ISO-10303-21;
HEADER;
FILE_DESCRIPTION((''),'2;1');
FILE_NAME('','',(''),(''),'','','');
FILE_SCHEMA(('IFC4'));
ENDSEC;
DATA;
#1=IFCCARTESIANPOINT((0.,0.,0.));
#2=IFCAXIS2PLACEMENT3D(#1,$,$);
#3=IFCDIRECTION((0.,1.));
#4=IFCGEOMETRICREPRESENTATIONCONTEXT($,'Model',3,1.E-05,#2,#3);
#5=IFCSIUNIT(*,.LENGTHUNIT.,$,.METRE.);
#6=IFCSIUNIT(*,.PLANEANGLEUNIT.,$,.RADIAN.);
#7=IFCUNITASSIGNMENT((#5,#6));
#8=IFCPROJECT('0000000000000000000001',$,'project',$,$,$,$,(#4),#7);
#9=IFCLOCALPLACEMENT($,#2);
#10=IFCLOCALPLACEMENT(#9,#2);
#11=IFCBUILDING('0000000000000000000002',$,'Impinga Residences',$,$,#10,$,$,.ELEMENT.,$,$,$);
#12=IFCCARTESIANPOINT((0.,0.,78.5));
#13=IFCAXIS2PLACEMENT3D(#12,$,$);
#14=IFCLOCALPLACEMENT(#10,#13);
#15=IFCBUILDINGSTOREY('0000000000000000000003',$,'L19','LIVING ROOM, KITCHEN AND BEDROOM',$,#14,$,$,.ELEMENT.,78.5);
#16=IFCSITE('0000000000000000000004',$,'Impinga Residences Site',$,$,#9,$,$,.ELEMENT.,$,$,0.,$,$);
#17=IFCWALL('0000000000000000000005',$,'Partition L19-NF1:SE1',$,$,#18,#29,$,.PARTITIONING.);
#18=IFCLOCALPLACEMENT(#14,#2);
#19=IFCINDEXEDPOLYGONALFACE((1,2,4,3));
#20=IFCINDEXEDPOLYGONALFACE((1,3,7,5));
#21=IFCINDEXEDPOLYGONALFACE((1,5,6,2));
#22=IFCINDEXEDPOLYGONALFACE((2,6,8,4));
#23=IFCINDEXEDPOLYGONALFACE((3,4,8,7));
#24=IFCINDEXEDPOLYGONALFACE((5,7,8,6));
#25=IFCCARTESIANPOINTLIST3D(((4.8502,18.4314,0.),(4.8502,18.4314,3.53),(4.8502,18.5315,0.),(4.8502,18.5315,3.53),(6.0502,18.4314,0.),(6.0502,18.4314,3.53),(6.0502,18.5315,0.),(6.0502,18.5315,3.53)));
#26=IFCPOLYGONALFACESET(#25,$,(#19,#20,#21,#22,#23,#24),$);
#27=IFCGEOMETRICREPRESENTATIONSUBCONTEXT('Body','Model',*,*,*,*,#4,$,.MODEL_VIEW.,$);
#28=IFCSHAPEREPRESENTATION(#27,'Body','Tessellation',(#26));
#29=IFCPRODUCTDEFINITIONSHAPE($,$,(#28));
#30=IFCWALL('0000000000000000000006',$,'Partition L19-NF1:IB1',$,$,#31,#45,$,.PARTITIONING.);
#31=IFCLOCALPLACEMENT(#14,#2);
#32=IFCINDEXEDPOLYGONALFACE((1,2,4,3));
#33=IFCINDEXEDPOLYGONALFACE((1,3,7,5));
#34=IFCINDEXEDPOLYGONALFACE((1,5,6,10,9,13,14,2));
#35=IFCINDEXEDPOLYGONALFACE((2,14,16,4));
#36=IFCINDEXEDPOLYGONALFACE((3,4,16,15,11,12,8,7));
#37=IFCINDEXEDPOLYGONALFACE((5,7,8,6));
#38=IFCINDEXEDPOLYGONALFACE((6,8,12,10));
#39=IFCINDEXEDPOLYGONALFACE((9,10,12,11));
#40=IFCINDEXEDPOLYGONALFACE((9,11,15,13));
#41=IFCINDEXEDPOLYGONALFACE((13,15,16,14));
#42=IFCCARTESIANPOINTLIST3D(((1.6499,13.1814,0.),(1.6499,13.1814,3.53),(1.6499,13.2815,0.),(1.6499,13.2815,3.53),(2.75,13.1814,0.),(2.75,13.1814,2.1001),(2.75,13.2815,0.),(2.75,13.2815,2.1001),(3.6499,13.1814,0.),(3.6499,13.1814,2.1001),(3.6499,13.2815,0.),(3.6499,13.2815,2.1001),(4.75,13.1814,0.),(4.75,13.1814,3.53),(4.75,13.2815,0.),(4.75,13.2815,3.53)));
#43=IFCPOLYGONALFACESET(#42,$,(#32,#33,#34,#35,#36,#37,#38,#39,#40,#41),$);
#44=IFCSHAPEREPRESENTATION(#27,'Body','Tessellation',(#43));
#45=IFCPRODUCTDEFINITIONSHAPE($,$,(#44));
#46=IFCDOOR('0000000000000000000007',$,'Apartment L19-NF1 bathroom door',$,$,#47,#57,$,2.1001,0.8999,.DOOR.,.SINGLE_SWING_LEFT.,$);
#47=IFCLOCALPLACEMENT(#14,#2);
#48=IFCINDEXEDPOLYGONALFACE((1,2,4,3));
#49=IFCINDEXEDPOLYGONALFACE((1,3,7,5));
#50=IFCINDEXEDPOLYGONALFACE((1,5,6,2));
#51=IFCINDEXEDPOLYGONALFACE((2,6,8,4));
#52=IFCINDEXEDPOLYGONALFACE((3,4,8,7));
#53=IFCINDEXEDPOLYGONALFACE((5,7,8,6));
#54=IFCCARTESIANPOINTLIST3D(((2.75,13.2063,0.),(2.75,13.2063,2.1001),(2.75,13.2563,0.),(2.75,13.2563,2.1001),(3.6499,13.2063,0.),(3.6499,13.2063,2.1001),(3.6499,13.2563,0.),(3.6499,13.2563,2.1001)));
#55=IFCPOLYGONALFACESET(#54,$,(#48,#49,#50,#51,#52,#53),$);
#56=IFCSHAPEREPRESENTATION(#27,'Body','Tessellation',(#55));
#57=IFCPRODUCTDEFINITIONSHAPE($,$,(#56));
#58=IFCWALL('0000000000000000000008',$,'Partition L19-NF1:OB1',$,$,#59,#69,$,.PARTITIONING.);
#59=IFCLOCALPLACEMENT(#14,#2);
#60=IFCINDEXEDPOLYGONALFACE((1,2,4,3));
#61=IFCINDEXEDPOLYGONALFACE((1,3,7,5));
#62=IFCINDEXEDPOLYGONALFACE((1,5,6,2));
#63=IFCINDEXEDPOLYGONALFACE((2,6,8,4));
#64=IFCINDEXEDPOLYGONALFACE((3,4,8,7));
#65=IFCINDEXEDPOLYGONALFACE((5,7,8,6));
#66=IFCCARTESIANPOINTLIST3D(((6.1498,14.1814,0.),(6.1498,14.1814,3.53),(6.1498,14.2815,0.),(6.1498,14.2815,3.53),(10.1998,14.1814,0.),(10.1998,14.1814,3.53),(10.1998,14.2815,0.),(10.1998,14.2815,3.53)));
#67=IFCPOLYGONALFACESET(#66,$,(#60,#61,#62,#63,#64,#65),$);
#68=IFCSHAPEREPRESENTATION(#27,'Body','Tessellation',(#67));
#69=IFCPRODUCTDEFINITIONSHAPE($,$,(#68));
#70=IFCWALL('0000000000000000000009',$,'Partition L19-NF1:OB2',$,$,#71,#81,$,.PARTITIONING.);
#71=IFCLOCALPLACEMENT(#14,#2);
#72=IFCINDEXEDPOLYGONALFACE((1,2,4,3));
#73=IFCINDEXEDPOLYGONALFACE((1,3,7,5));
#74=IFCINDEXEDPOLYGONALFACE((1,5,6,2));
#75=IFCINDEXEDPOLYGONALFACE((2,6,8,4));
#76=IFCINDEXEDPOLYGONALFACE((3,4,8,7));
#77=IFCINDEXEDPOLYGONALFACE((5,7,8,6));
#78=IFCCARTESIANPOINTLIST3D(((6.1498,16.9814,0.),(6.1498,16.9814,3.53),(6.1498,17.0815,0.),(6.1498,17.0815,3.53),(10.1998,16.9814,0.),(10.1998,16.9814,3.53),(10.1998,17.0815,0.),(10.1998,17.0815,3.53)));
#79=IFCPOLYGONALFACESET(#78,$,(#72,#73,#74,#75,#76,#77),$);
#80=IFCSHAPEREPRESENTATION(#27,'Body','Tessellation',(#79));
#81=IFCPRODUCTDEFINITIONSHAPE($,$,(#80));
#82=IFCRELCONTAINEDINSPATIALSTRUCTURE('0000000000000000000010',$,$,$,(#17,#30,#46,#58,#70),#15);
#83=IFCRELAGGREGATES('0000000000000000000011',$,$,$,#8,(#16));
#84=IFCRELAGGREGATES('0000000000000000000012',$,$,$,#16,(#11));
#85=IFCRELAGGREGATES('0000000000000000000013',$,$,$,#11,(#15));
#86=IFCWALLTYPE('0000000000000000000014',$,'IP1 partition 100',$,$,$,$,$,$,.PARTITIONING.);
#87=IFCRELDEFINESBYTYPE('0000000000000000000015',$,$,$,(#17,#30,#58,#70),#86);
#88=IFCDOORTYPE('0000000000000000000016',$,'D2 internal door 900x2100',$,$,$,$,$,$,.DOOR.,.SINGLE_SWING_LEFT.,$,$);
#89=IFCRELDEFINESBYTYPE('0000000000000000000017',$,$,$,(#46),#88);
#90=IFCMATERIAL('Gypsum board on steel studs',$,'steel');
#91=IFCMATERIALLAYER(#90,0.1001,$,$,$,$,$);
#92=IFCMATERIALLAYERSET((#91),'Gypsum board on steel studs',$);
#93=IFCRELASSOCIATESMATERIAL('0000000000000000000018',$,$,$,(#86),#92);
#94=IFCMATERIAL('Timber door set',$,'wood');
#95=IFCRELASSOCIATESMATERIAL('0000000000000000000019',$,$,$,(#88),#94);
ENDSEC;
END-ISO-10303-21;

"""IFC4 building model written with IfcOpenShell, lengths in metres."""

from ifc_helpers import new_model, si_unit, direction, frame, frame_2d, origin, place, context, subcontext, project, spatial, rectangle, extrude, material, layer, layer_set, type_object, element, fill, save


model = new_model("IFC4")

# Units and contexts
model_context = context("Model", 3, precision=1e-05, world=origin(), true_north=direction((0.0, 1.0)))
body_context = subcontext(model_context, "Body", "Model", "MODEL_VIEW")
ifc_project = project(units=[si_unit("LENGTHUNIT", "METRE"), si_unit("PLANEANGLEUNIT", "RADIAN")], contexts=[model_context])

# Site, building, storey
site_placement = place(None, origin())
site = spatial("IfcSite", under=ifc_project, at=site_placement, Name="Impinga Residences Site", CompositionType="ELEMENT", RefElevation=0.0)
building_placement = place(site_placement, origin())
building = spatial("IfcBuilding", under=site, at=building_placement, Name="Impinga Residences", CompositionType="ELEMENT")
storey_placement = place(building_placement, frame((0.0, 0.0, 78.5)))
storey = spatial("IfcBuildingStorey", under=building, at=storey_placement, Name="L19", Description="LIVING ROOM, KITCHEN AND BEDROOM", CompositionType="ELEMENT", Elevation=78.5)

# Shared definitions
ifc_material_1 = material(Name="Gypsum board on steel studs", Category="steel")
ifc_layer_1 = layer(ifc_material_1, 0.1001)
ifc_layer_set_1 = layer_set([ifc_layer_1], Name="Gypsum board on steel studs")
wall_type_1 = type_object("IfcWallType", Name="IP1 partition 100", PredefinedType="PARTITIONING", material=ifc_layer_set_1)

# Shared definitions
ifc_material_2 = material(Name="Timber door set", Category="wood")
door_type = type_object("IfcDoorType", Name="D2 internal door 900x2100", OperationType="SINGLE_SWING_LEFT", PredefinedType="DOOR", material=ifc_material_2)

# Wall
wall_1_placement = place(storey_placement, frame((4.8501, 18.4814, 0.0), z_axis=(0.0, 0.0, 1.0), x_axis=(1.0, 0.0, 0.0)))
element("IfcWall", 1, at=wall_1_placement, inside=storey, type_object=wall_type_1, Name="Partition L19-NF1:SE1", PredefinedType="PARTITIONING", context=body_context, shape_type="SweptSolid", body=[
    extrude(rectangle(XDim=1.2, YDim=0.1001, at=frame_2d((0.6001, 0.0))), origin(), (0.0, 0.0, 1.0), 3.53),
])

# Wall, opening, door
wall_2_placement = place(storey_placement, frame((1.6499, 13.2314, 0.0), z_axis=(0.0, 0.0, 1.0), x_axis=(1.0, 0.0, 0.0)))
wall_2 = element("IfcWall", 2, at=wall_2_placement, inside=storey, type_object=wall_type_1, Name="Partition L19-NF1:IB1", PredefinedType="PARTITIONING", context=body_context, shape_type="SweptSolid", body=[
    extrude(rectangle(XDim=3.1001, YDim=0.1001, at=frame_2d((1.55, 0.0))), origin(), (0.0, 0.0, 1.0), 3.53),
])
opening_1_placement = place(wall_2_placement, frame((1.1001, 0.0, 0.0)))
opening_1 = element("IfcOpeningElement", 3, at=opening_1_placement, cuts=wall_2, PredefinedType="OPENING", context=body_context, shape_type="SweptSolid", body=[
    extrude(rectangle(XDim=0.8999, YDim=2.1001, at=frame_2d((0.45, 1.05))), frame((0.0, 0.0601, 0.0), z_axis=(0.0, -1.0, 0.0), x_axis=(1.0, 0.0, 0.0)), (0.0, 0.0, 1.0), 0.1201),
])
door_1_placement = place(opening_1_placement, origin())
door_1 = element("IfcDoor", 4, at=door_1_placement, inside=storey, type_object=door_type, Name="Apartment L19-NF1 bathroom door", OperationType="SINGLE_SWING_LEFT", OverallHeight=2.1001, OverallWidth=0.8999, PredefinedType="DOOR", context=body_context, shape_type="SweptSolid", body=[
    extrude(rectangle(XDim=0.8999, YDim=2.1001, at=frame_2d((0.45, 1.05))), frame((0.0, 0.0249, 0.0), z_axis=(0.0, -1.0, 0.0), x_axis=(1.0, 0.0, 0.0)), (0.0, 0.0, 1.0), 0.05),
])
fill(opening_1, door_1)

# Walls
for number, where, z_axis, x_axis, name in (
    (5, (6.1499, 14.2314, 0.0), (0.0, 0.0, 1.0), (1.0, 0.0, 0.0), "Partition L19-NF1:OB1"),
    (6, (6.1499, 17.0315, 0.0), (0.0, 0.0, 1.0), (1.0, 0.0, 0.0), "Partition L19-NF1:OB2"),
):
    element("IfcWall", number, at=place(storey_placement, frame(where, z_axis=z_axis, x_axis=x_axis)), inside=storey, type_object=wall_type_1, Name=name, PredefinedType="PARTITIONING", context=body_context, shape_type="SweptSolid", body=[
        extrude(rectangle(XDim=4.05, YDim=0.1001, at=frame_2d((2.0249, 0.0))), origin(), (0.0, 0.0, 1.0), 3.53),
    ])

save(model, "model.ifc")
